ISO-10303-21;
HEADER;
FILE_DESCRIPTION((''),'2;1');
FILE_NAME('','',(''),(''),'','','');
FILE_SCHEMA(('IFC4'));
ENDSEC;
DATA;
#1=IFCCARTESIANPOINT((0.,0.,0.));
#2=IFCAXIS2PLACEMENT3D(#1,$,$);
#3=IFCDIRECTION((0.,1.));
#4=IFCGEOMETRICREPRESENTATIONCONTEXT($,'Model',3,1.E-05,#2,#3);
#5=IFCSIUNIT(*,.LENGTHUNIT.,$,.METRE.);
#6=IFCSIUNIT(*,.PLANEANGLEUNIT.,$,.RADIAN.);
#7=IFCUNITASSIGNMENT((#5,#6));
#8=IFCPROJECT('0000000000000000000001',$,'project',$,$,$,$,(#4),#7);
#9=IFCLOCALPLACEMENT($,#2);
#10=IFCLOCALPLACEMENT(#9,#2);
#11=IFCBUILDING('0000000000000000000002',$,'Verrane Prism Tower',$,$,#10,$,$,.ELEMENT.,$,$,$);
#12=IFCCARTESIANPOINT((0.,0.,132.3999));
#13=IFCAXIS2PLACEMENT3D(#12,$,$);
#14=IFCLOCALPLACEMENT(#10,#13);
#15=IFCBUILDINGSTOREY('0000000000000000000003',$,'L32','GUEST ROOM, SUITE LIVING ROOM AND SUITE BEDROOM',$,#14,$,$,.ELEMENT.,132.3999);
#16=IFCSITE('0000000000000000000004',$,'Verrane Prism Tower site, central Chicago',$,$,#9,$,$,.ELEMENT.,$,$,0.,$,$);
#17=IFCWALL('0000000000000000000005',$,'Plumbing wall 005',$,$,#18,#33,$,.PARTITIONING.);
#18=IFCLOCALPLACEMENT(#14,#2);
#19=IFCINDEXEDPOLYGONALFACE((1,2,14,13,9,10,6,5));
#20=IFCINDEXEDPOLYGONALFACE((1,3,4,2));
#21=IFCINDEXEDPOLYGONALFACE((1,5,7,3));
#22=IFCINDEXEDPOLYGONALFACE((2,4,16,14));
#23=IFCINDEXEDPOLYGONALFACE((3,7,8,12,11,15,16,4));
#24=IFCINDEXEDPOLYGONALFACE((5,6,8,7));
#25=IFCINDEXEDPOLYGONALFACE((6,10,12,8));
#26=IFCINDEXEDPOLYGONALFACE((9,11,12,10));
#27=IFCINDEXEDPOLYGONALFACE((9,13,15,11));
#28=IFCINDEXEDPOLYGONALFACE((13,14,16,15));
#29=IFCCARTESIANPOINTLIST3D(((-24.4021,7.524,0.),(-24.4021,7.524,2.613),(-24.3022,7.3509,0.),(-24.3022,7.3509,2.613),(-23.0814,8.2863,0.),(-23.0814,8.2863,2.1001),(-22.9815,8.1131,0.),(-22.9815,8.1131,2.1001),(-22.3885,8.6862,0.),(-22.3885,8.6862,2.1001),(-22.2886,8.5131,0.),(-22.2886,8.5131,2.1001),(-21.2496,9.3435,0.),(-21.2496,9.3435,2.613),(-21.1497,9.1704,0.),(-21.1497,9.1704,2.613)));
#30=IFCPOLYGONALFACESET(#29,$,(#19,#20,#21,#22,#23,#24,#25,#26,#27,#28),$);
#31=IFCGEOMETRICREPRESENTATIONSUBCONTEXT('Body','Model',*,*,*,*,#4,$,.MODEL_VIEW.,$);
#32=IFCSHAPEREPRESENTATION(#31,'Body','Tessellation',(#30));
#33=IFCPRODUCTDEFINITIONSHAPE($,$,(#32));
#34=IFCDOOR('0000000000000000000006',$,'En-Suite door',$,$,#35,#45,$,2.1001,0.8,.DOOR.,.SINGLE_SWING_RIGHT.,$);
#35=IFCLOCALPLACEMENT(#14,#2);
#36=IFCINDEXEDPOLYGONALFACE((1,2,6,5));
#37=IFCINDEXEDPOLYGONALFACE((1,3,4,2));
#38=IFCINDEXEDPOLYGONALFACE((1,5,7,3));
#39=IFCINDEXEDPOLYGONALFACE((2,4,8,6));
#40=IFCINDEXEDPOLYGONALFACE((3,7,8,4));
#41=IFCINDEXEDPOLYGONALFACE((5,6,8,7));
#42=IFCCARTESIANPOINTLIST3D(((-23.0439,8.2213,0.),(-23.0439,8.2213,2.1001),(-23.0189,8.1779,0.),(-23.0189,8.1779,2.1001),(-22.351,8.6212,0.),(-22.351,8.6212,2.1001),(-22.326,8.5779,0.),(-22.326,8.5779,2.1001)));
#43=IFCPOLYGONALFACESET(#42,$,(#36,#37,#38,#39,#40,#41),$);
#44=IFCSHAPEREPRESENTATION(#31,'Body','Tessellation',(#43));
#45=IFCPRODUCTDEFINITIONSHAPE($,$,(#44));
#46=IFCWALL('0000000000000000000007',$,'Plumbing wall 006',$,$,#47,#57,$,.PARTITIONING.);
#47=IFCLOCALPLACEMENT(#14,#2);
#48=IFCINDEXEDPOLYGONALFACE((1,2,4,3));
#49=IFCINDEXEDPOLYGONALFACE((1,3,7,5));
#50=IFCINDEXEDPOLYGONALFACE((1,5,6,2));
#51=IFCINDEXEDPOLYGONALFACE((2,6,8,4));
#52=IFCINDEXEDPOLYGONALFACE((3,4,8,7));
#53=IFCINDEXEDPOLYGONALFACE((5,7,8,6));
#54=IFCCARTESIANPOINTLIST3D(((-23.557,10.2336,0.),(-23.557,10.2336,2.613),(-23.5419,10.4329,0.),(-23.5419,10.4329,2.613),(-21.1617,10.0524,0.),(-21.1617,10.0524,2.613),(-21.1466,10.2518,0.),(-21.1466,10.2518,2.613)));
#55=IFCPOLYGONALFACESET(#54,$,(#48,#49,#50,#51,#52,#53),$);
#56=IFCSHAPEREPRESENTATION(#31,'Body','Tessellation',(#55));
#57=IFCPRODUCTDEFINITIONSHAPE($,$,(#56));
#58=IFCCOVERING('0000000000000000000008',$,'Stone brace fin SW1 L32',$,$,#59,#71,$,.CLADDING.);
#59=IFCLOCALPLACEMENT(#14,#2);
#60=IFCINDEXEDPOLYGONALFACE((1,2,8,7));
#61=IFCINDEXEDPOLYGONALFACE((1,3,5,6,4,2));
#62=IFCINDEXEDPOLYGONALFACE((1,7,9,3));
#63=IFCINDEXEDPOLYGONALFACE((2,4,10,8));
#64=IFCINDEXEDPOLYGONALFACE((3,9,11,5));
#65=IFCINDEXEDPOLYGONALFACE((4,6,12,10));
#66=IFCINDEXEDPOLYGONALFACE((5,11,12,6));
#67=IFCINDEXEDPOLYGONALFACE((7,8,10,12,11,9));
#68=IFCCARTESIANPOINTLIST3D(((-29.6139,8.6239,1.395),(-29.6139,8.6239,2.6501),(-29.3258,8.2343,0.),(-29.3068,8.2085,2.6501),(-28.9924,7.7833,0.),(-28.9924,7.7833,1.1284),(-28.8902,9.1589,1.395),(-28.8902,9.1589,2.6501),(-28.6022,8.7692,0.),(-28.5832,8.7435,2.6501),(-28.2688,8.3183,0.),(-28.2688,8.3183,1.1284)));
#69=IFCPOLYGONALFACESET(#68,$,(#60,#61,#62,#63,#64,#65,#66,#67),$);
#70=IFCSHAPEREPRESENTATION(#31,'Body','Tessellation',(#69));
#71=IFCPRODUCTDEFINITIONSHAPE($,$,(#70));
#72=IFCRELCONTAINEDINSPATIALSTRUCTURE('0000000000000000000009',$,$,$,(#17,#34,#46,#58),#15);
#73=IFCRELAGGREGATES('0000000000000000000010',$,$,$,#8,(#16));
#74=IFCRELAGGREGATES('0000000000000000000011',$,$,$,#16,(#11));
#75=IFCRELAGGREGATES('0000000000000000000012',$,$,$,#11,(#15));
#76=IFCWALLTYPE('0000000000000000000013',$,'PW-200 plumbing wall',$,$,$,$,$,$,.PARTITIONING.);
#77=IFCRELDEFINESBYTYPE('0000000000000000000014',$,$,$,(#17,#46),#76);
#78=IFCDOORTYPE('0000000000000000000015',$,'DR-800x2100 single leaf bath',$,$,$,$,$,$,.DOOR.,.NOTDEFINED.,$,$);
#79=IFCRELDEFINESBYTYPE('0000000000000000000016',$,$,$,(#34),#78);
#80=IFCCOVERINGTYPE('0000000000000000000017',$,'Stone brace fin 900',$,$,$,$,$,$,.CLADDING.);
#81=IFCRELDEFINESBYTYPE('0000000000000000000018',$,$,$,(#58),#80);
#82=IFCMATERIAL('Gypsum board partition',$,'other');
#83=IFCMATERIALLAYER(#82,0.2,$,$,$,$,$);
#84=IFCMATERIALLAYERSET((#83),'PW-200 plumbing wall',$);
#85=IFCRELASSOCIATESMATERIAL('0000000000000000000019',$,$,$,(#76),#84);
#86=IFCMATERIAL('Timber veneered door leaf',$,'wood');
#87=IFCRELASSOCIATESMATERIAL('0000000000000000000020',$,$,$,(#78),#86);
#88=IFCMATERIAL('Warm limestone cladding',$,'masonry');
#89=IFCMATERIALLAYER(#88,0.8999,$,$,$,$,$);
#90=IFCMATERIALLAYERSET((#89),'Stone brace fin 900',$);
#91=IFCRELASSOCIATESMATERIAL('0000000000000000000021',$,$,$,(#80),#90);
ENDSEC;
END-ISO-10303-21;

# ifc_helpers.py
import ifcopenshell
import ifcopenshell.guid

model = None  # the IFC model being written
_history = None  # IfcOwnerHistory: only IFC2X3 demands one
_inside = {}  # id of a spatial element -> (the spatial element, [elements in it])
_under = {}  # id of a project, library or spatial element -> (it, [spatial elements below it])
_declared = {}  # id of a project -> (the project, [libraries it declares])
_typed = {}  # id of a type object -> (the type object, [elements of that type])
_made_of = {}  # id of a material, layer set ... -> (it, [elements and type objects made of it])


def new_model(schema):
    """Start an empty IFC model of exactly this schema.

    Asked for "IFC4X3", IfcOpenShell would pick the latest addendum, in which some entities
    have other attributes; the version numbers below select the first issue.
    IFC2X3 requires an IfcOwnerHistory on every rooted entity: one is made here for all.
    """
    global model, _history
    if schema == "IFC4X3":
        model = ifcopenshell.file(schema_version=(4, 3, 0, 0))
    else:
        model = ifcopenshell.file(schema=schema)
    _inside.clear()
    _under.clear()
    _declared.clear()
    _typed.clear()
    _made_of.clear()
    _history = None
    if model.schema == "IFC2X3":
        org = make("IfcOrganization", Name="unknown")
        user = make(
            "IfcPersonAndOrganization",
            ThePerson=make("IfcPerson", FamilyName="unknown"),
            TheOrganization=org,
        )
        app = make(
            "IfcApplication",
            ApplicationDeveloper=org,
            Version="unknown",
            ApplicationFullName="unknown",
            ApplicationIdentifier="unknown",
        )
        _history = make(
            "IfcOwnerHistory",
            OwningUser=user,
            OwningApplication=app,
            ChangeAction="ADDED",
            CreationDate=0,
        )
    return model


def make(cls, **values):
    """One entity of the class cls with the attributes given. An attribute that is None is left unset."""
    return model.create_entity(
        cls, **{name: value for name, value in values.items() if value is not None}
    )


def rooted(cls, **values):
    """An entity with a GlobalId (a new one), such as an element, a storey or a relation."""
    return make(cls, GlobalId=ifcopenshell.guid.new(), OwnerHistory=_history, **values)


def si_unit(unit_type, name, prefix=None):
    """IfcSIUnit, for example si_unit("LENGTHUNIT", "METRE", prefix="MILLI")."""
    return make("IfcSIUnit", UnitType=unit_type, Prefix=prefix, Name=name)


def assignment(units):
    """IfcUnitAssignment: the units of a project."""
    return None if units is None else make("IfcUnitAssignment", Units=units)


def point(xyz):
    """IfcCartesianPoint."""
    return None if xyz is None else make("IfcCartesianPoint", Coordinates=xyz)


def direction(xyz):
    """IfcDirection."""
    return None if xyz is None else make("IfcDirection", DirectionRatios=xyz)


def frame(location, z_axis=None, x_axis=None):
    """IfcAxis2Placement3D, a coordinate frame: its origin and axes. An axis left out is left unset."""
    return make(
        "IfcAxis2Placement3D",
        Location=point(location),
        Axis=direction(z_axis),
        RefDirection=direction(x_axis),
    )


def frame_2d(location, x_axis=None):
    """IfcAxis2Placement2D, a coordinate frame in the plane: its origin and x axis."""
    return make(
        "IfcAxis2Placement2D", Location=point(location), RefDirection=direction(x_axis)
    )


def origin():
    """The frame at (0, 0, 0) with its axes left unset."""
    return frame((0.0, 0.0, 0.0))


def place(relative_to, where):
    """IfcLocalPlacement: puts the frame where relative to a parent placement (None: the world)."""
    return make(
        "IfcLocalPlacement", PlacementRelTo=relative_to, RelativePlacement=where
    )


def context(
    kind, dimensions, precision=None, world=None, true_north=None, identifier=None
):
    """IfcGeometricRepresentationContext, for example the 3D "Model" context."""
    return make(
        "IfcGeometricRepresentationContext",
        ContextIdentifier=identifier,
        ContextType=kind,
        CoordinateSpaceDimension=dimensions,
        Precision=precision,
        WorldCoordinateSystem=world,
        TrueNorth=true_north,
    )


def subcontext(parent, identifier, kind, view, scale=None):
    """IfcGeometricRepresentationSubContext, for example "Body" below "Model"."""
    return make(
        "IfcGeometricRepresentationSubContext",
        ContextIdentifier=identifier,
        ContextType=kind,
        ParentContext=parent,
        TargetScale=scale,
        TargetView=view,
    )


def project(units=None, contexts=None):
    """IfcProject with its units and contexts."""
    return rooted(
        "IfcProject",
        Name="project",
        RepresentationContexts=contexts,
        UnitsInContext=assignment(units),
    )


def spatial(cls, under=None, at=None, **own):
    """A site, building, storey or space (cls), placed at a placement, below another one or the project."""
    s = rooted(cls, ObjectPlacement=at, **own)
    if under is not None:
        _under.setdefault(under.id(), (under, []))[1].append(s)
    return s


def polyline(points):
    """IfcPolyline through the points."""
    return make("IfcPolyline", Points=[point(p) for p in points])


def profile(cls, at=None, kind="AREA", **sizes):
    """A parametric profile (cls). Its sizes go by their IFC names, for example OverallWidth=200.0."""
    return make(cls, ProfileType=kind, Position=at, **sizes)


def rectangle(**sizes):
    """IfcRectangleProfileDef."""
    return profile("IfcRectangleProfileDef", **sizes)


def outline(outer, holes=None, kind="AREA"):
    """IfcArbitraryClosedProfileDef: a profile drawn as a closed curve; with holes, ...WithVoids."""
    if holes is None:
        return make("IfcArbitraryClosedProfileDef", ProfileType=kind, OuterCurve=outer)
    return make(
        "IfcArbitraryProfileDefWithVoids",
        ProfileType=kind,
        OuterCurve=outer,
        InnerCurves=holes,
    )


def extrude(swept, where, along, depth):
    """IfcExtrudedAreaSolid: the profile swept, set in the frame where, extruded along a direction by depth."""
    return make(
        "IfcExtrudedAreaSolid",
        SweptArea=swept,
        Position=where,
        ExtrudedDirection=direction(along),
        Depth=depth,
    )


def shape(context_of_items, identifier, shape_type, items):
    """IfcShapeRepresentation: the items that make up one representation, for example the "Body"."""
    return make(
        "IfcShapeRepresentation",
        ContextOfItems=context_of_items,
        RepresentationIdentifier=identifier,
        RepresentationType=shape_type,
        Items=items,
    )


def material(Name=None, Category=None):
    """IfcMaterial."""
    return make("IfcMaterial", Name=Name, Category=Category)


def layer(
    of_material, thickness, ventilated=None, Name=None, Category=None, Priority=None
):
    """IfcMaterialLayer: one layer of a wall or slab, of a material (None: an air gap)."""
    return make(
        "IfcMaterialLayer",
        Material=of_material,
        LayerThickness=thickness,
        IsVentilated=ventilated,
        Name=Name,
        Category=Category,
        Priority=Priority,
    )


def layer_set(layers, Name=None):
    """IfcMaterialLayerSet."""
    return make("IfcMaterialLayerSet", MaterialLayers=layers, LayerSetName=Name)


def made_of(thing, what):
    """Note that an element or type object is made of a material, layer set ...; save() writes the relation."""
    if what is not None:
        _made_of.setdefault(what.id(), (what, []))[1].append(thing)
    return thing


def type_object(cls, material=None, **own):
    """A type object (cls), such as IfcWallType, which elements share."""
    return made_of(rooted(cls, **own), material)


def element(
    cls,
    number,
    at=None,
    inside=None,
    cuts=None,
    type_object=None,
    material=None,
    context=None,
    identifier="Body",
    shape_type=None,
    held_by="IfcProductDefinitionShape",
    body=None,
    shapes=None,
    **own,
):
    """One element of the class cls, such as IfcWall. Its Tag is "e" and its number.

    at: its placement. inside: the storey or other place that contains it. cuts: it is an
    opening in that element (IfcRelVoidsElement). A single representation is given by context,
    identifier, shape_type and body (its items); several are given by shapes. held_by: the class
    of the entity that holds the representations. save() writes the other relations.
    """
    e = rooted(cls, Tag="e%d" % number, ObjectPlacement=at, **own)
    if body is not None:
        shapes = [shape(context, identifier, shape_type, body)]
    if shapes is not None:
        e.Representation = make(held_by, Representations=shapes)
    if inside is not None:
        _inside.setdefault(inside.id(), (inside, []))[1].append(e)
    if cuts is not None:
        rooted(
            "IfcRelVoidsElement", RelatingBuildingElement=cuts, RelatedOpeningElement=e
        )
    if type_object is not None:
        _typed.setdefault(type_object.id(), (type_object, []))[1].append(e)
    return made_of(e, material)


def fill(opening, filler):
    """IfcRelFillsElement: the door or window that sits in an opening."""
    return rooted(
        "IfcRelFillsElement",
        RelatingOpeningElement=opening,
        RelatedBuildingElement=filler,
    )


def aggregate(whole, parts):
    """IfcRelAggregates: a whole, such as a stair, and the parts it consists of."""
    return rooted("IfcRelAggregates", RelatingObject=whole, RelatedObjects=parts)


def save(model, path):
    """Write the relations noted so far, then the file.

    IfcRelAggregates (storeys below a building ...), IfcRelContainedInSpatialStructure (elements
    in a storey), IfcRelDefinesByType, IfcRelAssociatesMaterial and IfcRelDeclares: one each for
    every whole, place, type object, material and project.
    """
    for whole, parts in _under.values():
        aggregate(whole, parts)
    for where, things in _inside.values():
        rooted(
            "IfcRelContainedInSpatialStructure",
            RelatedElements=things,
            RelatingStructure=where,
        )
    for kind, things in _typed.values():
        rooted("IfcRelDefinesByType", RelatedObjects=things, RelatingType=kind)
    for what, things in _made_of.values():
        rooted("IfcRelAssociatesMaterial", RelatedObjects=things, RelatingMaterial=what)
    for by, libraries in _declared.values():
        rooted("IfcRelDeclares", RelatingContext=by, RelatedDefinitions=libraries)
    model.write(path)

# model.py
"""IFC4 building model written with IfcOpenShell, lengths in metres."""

from ifc_helpers import new_model, si_unit, direction, frame, frame_2d, origin, place, context, subcontext, project, spatial, polyline, rectangle, outline, extrude, material, layer, layer_set, type_object, element, fill, save


model = new_model("IFC4")

# Units and contexts
model_context = context("Model", 3, precision=1e-05, world=origin(), true_north=direction((0.0, 1.0)))
body_context = subcontext(model_context, "Body", "Model", "MODEL_VIEW")
ifc_project = project(units=[si_unit("LENGTHUNIT", "METRE"), si_unit("PLANEANGLEUNIT", "RADIAN")], contexts=[model_context])

# Site, building, storey
site_placement = place(None, origin())
site = spatial("IfcSite", under=ifc_project, at=site_placement, Name="Verrane Prism Tower site, central Chicago", CompositionType="ELEMENT", RefElevation=0.0)
building_placement = place(site_placement, origin())
building = spatial("IfcBuilding", under=site, at=building_placement, Name="Verrane Prism Tower", CompositionType="ELEMENT")
storey_placement = place(building_placement, frame((0.0, 0.0, 132.3999)))
storey = spatial("IfcBuildingStorey", under=building, at=storey_placement, Name="L32", Description="GUEST ROOM, SUITE LIVING ROOM AND SUITE BEDROOM", CompositionType="ELEMENT", Elevation=132.3999)

# Wall, opening, door
ifc_material_1 = material(Name="Gypsum board partition", Category="other")
ifc_layer_1 = layer(ifc_material_1, 0.2)
ifc_layer_set_1 = layer_set([ifc_layer_1], Name="PW-200 plumbing wall")
wall_type_1 = type_object("IfcWallType", Name="PW-200 plumbing wall", PredefinedType="PARTITIONING", material=ifc_layer_set_1)
wall_1_placement = place(storey_placement, frame((-24.3521, 7.4375, 0.0), z_axis=(0.0, 0.0, 1.0), x_axis=(0.866093, 0.499883, 0.0)))
wall_1 = element("IfcWall", 1, at=wall_1_placement, inside=storey, type_object=wall_type_1, Name="Plumbing wall 005", PredefinedType="PARTITIONING", context=body_context, shape_type="SweptSolid", body=[
    extrude(rectangle(XDim=3.6399, YDim=0.2, at=frame_2d((1.8198, 0.0))), origin(), (0.0, 0.0, 1.0), 2.613),
])
opening_1_placement = place(wall_1_placement, frame((1.5249, 0.0, 0.0)))
opening_1 = element("IfcOpeningElement", 2, at=opening_1_placement, cuts=wall_1, PredefinedType="OPENING", context=body_context, shape_type="SweptSolid", body=[
    extrude(rectangle(XDim=0.8, YDim=2.1001, at=frame_2d((0.3999, 1.05))), frame((0.0, 0.1099, 0.0), z_axis=(0.0, -1.0, 0.0), x_axis=(1.0, 0.0, 0.0)), (0.0, 0.0, 1.0), 0.22),
])
ifc_material_2 = material(Name="Timber veneered door leaf", Category="wood")
door_type_1 = type_object("IfcDoorType", Name="DR-800x2100 single leaf bath", OperationType="NOTDEFINED", PredefinedType="DOOR", material=ifc_material_2)
door_1_placement = place(opening_1_placement, origin())
door_1 = element("IfcDoor", 3, at=door_1_placement, inside=storey, type_object=door_type_1, Name="En-Suite door", OperationType="SINGLE_SWING_RIGHT", OverallHeight=2.1001, OverallWidth=0.8, PredefinedType="DOOR", context=body_context, shape_type="SweptSolid", body=[
    extrude(rectangle(XDim=0.8, YDim=2.1001, at=frame_2d((0.3999, 1.05))), frame((0.0, 0.0249, 0.0), z_axis=(0.0, -1.0, 0.0), x_axis=(1.0, 0.0, 0.0)), (0.0, 0.0, 1.0), 0.05),
])
fill(opening_1, door_1)

# Wall
wall_2_placement = place(storey_placement, frame((-23.5496, 10.3333, 0.0), z_axis=(0.0, 0.0, 1.0), x_axis=(0.997152, -0.075414, 0.0)))
element("IfcWall", 4, at=wall_2_placement, inside=storey, type_object=wall_type_1, Name="Plumbing wall 006", PredefinedType="PARTITIONING", context=body_context, shape_type="SweptSolid", body=[
    extrude(rectangle(XDim=2.4021, YDim=0.2, at=frame_2d((1.2012, 0.0))), origin(), (0.0, 0.0, 1.0), 2.613),
])

# Covering
ifc_material_3 = material(Name="Warm limestone cladding", Category="masonry")
ifc_layer_2 = layer(ifc_material_3, 0.8999)
ifc_layer_set_2 = layer_set([ifc_layer_2], Name="Stone brace fin 900")
covering_type = type_object("IfcCoveringType", Name="Stone brace fin 900", PredefinedType="CLADDING", material=ifc_layer_set_2)
covering_placement = place(storey_placement, frame((-28.6306, 8.0508, 0.0), z_axis=(0.0, 0.0, 1.0), x_axis=(-0.594457, 0.804128, 0.0)))
element("IfcCovering", 5, at=covering_placement, inside=storey, type_object=covering_type, Name="Stone brace fin SW1 L32", PredefinedType="CLADDING", context=body_context, shape_type="SweptSolid", body=[
    extrude(outline(polyline([(1.0454, 2.6501), (0.5288, 2.6501), (0.0, 1.1284), (0.0, 0.0), (0.5608, 0.0), (1.0454, 1.395), (1.0454, 2.6501)])), frame((0.0, 0.45, 0.0), z_axis=(0.0, -1.0, 0.0), x_axis=(1.0, 0.0, 0.0)), (0.0, 0.0, 1.0), 0.8999),
])

save(model, "model.ifc")
